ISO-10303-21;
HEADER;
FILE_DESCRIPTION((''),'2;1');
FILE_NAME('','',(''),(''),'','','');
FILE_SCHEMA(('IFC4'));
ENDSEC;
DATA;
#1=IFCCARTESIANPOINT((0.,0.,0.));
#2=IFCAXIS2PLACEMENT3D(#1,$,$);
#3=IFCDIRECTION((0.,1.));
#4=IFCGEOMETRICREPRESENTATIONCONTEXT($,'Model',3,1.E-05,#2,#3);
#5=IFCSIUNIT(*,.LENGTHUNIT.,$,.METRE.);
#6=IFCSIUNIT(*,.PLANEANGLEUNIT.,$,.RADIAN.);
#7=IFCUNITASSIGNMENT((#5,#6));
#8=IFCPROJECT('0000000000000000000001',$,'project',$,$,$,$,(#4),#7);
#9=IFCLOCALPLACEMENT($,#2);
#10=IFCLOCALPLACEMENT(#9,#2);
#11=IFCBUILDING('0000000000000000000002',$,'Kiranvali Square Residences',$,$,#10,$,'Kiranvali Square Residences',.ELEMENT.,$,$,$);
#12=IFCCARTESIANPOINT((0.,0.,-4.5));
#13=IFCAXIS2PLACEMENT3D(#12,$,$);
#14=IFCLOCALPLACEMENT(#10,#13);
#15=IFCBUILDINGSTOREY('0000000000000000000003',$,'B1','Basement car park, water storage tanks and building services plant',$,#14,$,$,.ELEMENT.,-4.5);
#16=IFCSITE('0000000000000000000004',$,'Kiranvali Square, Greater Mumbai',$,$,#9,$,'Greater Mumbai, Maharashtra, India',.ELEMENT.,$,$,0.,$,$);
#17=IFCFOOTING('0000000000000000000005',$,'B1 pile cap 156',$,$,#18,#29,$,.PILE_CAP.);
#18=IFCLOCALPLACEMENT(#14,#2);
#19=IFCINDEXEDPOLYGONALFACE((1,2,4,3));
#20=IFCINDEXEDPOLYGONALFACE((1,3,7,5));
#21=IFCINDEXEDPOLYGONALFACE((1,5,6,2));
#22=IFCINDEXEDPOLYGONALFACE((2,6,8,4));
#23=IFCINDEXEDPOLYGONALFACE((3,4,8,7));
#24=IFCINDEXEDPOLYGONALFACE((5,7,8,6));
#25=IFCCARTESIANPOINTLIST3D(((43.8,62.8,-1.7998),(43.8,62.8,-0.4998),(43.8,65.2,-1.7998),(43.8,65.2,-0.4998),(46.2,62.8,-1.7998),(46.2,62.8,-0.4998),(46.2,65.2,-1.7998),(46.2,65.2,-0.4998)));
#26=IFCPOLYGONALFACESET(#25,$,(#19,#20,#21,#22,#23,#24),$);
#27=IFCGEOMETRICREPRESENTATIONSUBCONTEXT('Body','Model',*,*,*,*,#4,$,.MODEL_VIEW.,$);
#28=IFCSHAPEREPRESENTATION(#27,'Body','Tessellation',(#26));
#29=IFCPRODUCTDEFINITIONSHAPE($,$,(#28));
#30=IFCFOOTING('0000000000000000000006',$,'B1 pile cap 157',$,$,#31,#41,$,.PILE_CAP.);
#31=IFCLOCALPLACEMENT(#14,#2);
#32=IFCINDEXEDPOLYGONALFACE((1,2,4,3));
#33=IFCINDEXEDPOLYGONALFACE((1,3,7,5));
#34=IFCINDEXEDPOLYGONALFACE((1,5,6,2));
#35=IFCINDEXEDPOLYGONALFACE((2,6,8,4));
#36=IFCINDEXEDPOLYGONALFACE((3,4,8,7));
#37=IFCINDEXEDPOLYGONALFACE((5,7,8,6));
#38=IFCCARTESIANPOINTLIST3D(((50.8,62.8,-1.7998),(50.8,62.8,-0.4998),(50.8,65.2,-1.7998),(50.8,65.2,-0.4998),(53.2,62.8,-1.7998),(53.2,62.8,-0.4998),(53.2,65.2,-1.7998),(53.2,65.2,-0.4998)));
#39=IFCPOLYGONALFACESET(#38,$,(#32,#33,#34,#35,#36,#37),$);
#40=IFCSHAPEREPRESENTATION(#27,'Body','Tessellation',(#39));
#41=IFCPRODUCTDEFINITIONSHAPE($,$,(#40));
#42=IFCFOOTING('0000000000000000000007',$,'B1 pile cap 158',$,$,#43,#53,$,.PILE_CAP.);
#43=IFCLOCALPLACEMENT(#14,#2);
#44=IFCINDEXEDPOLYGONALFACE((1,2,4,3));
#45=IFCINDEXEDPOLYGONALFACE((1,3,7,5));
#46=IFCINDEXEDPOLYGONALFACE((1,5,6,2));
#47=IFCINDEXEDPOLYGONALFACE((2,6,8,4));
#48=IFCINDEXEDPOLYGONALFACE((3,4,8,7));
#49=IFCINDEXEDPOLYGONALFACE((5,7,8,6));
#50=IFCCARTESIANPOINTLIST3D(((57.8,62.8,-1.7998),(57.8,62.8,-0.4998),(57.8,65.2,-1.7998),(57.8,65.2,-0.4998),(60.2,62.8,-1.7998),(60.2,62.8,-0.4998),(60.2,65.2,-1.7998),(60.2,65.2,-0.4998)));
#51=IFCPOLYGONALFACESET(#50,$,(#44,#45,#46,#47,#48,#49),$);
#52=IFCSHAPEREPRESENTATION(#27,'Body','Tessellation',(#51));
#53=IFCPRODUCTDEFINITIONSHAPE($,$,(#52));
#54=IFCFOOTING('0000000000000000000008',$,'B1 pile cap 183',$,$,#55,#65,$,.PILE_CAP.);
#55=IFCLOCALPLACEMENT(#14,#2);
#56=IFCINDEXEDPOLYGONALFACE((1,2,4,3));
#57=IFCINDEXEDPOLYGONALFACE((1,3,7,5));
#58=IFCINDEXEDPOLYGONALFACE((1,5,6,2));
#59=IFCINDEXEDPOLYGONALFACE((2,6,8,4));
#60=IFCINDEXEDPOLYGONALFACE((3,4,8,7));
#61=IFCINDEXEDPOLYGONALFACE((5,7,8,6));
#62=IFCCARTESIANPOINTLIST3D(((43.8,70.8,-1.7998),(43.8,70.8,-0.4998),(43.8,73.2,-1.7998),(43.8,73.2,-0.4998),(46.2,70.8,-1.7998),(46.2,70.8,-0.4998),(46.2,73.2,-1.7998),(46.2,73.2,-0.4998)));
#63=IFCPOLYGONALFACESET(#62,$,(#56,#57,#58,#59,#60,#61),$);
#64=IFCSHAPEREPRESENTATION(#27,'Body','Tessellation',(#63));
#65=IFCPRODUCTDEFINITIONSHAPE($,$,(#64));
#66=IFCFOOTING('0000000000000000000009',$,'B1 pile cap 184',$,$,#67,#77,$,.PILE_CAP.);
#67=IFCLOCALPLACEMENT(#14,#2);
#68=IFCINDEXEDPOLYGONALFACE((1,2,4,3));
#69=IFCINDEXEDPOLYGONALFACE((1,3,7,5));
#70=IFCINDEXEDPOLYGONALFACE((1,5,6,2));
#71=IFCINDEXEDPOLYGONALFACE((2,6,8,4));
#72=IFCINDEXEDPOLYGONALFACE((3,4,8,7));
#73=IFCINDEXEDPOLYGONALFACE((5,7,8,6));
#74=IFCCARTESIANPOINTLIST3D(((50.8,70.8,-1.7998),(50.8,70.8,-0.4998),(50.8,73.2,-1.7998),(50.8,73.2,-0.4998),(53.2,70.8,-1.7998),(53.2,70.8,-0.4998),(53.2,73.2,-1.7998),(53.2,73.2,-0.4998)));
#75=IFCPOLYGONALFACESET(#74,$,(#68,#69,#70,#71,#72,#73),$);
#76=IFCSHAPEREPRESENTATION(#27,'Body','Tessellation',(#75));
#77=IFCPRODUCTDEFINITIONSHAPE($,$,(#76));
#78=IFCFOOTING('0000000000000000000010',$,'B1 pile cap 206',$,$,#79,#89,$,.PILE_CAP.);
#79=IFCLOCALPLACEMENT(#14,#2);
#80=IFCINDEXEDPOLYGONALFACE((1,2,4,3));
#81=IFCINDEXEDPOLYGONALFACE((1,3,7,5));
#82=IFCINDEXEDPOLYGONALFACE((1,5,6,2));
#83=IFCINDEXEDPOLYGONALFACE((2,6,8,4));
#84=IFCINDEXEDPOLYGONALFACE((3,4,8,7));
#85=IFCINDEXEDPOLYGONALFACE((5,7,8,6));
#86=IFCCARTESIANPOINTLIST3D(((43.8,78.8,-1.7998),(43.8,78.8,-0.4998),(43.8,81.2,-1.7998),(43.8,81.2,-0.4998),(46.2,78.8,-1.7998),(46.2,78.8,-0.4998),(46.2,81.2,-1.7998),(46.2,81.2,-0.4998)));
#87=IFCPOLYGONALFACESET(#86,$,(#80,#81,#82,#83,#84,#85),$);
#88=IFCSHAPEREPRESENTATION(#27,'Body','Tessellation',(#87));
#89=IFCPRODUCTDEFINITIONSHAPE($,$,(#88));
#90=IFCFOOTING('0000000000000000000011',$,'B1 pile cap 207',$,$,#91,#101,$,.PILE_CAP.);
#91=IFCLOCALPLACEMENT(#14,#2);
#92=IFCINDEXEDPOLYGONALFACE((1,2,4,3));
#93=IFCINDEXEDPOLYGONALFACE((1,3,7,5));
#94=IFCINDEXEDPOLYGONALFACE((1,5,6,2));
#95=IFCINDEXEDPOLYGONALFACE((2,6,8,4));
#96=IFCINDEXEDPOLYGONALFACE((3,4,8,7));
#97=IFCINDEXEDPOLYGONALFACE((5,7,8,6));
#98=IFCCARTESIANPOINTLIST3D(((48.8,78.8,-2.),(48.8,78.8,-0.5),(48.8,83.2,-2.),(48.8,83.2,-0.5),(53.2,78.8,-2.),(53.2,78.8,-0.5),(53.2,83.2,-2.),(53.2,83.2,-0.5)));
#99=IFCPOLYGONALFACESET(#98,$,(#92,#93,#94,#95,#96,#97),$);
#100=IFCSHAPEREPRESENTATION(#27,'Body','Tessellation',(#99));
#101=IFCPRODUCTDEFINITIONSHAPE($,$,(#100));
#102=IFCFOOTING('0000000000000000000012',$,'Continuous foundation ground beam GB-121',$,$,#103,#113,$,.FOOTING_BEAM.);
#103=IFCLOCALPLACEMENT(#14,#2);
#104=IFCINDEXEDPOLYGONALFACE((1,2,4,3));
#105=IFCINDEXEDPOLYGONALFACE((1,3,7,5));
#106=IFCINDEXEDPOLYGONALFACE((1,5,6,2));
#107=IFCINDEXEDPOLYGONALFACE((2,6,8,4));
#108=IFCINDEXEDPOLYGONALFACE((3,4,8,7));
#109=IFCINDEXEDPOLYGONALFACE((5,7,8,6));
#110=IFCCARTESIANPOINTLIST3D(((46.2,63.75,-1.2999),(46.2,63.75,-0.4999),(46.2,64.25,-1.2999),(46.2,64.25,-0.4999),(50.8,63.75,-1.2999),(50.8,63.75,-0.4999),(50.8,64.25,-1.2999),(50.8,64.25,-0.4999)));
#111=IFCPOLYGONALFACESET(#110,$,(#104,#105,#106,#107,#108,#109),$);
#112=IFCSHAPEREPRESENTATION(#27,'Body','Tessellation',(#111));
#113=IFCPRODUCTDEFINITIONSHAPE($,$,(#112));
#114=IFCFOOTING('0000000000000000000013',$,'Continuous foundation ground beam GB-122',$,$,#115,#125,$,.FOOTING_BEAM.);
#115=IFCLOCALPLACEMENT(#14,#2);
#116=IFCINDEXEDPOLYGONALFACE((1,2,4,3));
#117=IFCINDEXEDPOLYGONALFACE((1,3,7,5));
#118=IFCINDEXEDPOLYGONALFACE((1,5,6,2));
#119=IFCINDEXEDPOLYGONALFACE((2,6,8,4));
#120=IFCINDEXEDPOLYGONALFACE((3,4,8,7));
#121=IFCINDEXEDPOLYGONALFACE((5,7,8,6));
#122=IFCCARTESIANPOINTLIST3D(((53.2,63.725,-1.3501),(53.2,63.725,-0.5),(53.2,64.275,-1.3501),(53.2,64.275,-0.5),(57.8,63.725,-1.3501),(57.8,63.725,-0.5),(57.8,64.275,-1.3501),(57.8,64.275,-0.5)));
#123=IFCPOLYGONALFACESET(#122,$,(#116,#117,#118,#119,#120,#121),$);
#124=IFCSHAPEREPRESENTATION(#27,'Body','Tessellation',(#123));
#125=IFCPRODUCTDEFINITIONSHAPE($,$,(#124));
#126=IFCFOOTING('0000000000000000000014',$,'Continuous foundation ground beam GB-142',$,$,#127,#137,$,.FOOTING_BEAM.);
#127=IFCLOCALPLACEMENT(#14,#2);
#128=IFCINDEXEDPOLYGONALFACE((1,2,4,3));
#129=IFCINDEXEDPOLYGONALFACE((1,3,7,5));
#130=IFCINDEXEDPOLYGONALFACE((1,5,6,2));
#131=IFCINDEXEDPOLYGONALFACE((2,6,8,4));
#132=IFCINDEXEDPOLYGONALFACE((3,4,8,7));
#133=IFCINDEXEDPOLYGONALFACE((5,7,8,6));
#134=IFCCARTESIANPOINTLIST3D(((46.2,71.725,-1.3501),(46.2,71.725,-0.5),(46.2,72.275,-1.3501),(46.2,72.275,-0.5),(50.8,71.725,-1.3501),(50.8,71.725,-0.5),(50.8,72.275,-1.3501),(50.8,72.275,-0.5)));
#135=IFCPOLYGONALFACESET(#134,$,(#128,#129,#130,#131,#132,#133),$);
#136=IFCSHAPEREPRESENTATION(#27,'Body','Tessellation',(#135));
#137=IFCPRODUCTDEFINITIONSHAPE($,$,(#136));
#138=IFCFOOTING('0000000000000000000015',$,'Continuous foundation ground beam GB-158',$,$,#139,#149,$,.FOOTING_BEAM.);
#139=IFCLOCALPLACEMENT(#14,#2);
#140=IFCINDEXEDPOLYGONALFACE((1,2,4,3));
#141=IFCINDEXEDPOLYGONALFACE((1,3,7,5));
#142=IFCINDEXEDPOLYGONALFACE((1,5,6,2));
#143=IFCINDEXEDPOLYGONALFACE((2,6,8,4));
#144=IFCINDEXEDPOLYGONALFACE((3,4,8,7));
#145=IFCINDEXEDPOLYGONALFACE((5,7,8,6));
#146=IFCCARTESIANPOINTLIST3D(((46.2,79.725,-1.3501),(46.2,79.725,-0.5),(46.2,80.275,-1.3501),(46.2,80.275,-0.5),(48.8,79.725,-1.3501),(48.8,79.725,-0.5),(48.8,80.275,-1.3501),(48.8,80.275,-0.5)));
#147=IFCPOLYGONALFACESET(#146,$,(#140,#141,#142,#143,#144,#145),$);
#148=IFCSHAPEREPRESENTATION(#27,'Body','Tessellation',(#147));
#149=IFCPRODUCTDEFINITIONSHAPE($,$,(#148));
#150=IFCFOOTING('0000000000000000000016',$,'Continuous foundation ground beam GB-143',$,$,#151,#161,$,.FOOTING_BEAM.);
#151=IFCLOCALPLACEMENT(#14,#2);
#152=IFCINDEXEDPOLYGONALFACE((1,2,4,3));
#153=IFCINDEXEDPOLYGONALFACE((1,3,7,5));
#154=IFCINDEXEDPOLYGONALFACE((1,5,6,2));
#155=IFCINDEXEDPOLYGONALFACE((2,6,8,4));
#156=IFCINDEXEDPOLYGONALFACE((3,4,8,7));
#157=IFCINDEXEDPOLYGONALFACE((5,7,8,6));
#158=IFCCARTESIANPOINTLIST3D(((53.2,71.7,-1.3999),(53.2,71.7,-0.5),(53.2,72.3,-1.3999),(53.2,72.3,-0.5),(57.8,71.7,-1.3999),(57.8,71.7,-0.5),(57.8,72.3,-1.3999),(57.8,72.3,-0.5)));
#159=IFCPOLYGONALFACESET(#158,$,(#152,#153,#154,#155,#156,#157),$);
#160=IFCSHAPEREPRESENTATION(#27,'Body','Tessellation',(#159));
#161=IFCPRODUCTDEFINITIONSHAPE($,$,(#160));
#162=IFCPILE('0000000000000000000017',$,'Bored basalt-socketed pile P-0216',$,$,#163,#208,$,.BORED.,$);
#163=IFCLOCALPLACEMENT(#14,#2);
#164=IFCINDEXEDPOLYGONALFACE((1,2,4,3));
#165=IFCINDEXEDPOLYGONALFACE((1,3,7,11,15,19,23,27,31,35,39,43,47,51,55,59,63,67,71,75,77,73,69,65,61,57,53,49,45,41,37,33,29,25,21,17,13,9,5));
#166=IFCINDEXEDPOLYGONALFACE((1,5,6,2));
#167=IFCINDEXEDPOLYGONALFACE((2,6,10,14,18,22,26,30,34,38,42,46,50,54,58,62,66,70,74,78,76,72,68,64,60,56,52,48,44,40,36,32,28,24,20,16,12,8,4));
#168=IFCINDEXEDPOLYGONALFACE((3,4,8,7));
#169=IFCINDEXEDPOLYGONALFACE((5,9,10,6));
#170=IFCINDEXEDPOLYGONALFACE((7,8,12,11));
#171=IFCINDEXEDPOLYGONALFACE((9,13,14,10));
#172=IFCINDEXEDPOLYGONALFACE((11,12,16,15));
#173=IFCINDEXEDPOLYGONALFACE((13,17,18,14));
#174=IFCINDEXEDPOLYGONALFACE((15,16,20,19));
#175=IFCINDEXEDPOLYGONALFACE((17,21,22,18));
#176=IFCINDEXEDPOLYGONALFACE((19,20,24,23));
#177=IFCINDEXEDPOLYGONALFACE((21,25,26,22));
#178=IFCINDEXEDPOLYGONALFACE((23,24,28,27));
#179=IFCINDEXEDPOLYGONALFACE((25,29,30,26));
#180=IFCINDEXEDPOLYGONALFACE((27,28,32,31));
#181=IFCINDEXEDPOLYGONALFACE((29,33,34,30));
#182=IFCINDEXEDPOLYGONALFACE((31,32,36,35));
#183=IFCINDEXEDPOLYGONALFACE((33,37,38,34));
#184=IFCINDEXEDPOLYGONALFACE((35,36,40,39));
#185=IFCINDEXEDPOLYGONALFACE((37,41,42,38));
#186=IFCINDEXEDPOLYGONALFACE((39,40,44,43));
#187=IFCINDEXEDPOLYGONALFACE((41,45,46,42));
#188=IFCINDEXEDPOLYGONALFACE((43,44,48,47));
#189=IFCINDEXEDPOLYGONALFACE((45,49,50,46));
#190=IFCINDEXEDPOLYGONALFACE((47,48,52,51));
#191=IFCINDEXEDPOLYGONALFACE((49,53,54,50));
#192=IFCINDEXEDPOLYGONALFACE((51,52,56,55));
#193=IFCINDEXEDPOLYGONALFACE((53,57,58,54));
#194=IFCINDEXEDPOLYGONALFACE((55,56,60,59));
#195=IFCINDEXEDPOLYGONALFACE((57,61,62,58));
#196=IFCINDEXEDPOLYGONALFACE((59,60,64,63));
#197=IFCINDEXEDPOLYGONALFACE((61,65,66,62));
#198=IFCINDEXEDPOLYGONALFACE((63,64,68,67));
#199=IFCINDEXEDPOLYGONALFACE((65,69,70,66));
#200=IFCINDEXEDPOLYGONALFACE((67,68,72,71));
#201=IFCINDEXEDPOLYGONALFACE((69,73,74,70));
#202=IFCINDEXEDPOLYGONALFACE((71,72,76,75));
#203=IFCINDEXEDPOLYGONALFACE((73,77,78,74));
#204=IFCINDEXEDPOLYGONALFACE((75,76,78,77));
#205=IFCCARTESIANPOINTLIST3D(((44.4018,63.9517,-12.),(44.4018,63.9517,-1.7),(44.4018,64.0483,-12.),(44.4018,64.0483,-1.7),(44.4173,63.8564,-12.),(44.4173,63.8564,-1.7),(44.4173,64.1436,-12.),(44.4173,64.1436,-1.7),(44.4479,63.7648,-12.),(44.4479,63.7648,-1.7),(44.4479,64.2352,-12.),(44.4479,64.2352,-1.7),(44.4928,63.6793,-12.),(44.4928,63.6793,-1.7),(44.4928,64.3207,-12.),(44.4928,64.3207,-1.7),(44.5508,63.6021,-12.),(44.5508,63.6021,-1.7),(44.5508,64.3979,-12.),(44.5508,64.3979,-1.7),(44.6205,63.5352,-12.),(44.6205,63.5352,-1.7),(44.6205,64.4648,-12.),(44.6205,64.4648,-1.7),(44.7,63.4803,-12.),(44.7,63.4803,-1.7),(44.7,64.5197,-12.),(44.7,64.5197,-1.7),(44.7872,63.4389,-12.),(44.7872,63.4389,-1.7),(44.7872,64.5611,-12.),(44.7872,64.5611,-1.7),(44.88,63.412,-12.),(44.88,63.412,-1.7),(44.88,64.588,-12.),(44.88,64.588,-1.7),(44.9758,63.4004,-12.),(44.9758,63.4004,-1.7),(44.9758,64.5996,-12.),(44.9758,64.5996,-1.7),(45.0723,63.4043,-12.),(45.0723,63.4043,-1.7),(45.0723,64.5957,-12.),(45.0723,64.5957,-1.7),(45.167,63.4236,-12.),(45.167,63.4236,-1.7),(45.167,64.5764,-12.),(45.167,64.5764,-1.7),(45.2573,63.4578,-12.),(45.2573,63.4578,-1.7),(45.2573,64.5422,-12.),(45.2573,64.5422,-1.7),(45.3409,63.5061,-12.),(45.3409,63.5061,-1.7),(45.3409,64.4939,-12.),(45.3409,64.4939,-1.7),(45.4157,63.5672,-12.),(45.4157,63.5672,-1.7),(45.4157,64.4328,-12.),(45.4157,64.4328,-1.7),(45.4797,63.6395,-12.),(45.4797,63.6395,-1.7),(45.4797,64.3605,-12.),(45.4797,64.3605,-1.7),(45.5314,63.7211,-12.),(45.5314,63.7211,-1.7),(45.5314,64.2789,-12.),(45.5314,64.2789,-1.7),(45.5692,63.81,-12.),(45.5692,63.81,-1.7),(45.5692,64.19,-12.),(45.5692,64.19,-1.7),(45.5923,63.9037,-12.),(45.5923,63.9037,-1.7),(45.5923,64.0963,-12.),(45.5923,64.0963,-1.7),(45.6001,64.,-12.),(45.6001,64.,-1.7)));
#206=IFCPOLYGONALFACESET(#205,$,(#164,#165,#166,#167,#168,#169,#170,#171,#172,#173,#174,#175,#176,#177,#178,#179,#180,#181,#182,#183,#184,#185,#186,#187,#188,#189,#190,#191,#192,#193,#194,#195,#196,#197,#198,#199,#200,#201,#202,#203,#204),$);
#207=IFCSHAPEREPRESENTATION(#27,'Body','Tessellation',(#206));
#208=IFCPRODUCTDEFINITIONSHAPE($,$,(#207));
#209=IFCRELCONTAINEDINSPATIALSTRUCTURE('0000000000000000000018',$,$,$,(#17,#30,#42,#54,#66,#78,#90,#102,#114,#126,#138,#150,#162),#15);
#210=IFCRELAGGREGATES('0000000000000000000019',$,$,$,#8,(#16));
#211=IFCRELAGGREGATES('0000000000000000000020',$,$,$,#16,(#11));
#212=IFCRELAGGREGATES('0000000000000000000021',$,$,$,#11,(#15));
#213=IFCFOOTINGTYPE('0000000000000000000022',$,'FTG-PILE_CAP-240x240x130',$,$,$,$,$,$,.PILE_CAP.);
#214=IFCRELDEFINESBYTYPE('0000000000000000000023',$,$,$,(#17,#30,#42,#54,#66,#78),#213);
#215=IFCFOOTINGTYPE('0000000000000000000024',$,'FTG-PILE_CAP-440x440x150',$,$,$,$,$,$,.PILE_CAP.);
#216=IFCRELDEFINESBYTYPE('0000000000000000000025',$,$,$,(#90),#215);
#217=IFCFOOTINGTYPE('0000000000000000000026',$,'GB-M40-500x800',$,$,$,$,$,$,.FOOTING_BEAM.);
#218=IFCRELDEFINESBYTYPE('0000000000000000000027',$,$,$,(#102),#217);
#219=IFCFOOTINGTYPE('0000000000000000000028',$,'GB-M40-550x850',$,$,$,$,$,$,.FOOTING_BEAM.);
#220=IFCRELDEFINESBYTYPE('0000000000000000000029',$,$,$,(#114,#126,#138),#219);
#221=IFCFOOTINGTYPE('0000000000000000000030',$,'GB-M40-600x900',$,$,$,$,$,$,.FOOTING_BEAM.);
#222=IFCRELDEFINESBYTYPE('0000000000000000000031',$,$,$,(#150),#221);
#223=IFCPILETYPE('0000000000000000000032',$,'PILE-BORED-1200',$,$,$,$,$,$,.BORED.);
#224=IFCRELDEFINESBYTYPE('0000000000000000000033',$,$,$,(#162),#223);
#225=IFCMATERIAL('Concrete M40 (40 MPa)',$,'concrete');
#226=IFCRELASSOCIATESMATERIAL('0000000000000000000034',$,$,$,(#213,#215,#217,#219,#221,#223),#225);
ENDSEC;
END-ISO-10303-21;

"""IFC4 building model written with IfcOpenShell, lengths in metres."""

from ifc_helpers import new_model, si_unit, direction, frame, origin, origin_2d, place, context, subcontext, project, spatial, rectangle, circle, extrude, material, material_profile, profile_set, type_object, element, save


model = new_model("IFC4")

# Units and contexts
model_context = context("Model", 3, precision=1e-05, world=origin(), true_north=direction((0.0, 1.0)))
body_context = subcontext(model_context, "Body", "Model", "MODEL_VIEW")
ifc_project = project(units=[si_unit("LENGTHUNIT", "METRE"), si_unit("PLANEANGLEUNIT", "RADIAN")], contexts=[model_context])

# Site, building, storey
site_placement = place(None, origin())
site = spatial("IfcSite", under=ifc_project, at=site_placement, Name="Kiranvali Square, Greater Mumbai", LongName="Greater Mumbai, Maharashtra, India", CompositionType="ELEMENT", RefElevation=0.0)
building_placement = place(site_placement, origin())
building = spatial("IfcBuilding", under=site, at=building_placement, Name="Kiranvali Square Residences", LongName="Kiranvali Square Residences", CompositionType="ELEMENT")
storey_placement = place(building_placement, frame((0.0, 0.0, -4.5)))
storey = spatial("IfcBuildingStorey", under=building, at=storey_placement, Name="B1", Description="Basement car park, water storage tanks and building services plant", CompositionType="ELEMENT", Elevation=-4.5)

# Footings
ifc_material = material(Name="Concrete M40 (40 MPa)", Category="concrete")
footing_type_1 = type_object("IfcFootingType", Name="FTG-PILE_CAP-240x240x130", PredefinedType="PILE_CAP", material=ifc_material)
for number, where, z_axis, x_axis, name in (
    (1, (45.0, 64.0, -1.7998), (0.0, 0.0, 1.0), (1.0, 0.0, 0.0), "B1 pile cap 156"),
    (2, (52.0, 64.0, -1.7998), (0.0, 0.0, 1.0), (1.0, 0.0, 0.0), "B1 pile cap 157"),
    (3, (59.0, 64.0, -1.7998), (0.0, 0.0, 1.0), (1.0, 0.0, 0.0), "B1 pile cap 158"),
    (4, (45.0, 72.0, -1.7998), (0.0, 0.0, 1.0), (1.0, 0.0, 0.0), "B1 pile cap 183"),
    (5, (52.0, 72.0, -1.7998), (0.0, 0.0, 1.0), (1.0, 0.0, 0.0), "B1 pile cap 184"),
    (6, (45.0, 80.0, -1.7998), (0.0, 0.0, 1.0), (1.0, 0.0, 0.0), "B1 pile cap 206"),
):
    element("IfcFooting", number, at=place(storey_placement, frame(where, z_axis=z_axis, x_axis=x_axis)), inside=storey, type_object=footing_type_1, Name=name, PredefinedType="PILE_CAP", context=body_context, shape_type="SweptSolid", body=[
        extrude(rectangle(XDim=2.3999, YDim=2.3999, at=origin_2d()), origin(), (0.0, 0.0, 1.0), 1.3),
    ])
footing_type_2 = type_object("IfcFootingType", Name="FTG-PILE_CAP-440x440x150", PredefinedType="PILE_CAP", material=ifc_material)
footing_1_placement = place(storey_placement, frame((51.0, 81.0, -2.0), z_axis=(0.0, 0.0, 1.0), x_axis=(1.0, 0.0, 0.0)))
element("IfcFooting", 7, at=footing_1_placement, inside=storey, type_object=footing_type_2, Name="B1 pile cap 207", PredefinedType="PILE_CAP", context=body_context, shape_type="SweptSolid", body=[
    extrude(rectangle(XDim=4.3999, YDim=4.3999, at=origin_2d()), origin(), (0.0, 0.0, 1.0), 1.5),
])
ifc_material_profile_1 = material_profile(ifc_material, rectangle(XDim=0.5, YDim=0.8, at=origin_2d()), Name="GB 500x800")
ifc_profile_set_1 = profile_set([ifc_material_profile_1], Name="Concrete M40 (40 MPa)")
footing_type_3 = type_object("IfcFootingType", Name="GB-M40-500x800", PredefinedType="FOOTING_BEAM", material=ifc_profile_set_1)
footing_2_placement = place(storey_placement, frame((46.2, 64.0, -0.8999), z_axis=(1.0, 0.0, 0.0), x_axis=(0.0, 1.0, 0.0)))
element("IfcFooting", 8, at=footing_2_placement, inside=storey, type_object=footing_type_3, Name="Continuous foundation ground beam GB-121", PredefinedType="FOOTING_BEAM", context=body_context, shape_type="SweptSolid", body=[
    extrude(rectangle(XDim=0.5, YDim=0.8, at=origin_2d()), origin(), (0.0, 0.0, 1.0), 4.6001),
])
ifc_material_profile_2 = material_profile(ifc_material, rectangle(XDim=0.55, YDim=0.8501, at=origin_2d()), Name="GB 550x850")
ifc_profile_set_2 = profile_set([ifc_material_profile_2], Name="Concrete M40 (40 MPa)")
footing_type_4 = type_object("IfcFootingType", Name="GB-M40-550x850", PredefinedType="FOOTING_BEAM", material=ifc_profile_set_2)
for number, where, z_axis, x_axis, name in (
    (9, (53.2, 64.0, -0.925), (1.0, 0.0, 0.0), (0.0, 1.0, 0.0), "Continuous foundation ground beam GB-122"),
    (10, (46.2, 72.0, -0.925), (1.0, 0.0, 0.0), (0.0, 1.0, 0.0), "Continuous foundation ground beam GB-142"),
):
    element("IfcFooting", number, at=place(storey_placement, frame(where, z_axis=z_axis, x_axis=x_axis)), inside=storey, type_object=footing_type_4, Name=name, PredefinedType="FOOTING_BEAM", context=body_context, shape_type="SweptSolid", body=[
        extrude(rectangle(XDim=0.55, YDim=0.8501, at=origin_2d()), origin(), (0.0, 0.0, 1.0), 4.6001),
    ])
footing_3_placement = place(storey_placement, frame((46.2, 80.0, -0.925), z_axis=(1.0, 0.0, 0.0), x_axis=(0.0, 1.0, 0.0)))
element("IfcFooting", 11, at=footing_3_placement, inside=storey, type_object=footing_type_4, Name="Continuous foundation ground beam GB-158", PredefinedType="FOOTING_BEAM", context=body_context, shape_type="SweptSolid", body=[
    extrude(rectangle(XDim=0.55, YDim=0.8501, at=origin_2d()), origin(), (0.0, 0.0, 1.0), 2.6001),
])
ifc_material_profile_3 = material_profile(ifc_material, rectangle(XDim=0.6001, YDim=0.8999, at=origin_2d()), Name="GB 600x900")
ifc_profile_set_3 = profile_set([ifc_material_profile_3], Name="Concrete M40 (40 MPa)")
footing_type_5 = type_object("IfcFootingType", Name="GB-M40-600x900", PredefinedType="FOOTING_BEAM", material=ifc_profile_set_3)
footing_4_placement = place(storey_placement, frame((53.2, 72.0, -0.95), z_axis=(1.0, 0.0, 0.0), x_axis=(0.0, 1.0, 0.0)))
element("IfcFooting", 12, at=footing_4_placement, inside=storey, type_object=footing_type_5, Name="Continuous foundation ground beam GB-143", PredefinedType="FOOTING_BEAM", context=body_context, shape_type="SweptSolid", body=[
    extrude(rectangle(XDim=0.6001, YDim=0.8999, at=origin_2d()), origin(), (0.0, 0.0, 1.0), 4.6001),
])

# Pile
ifc_material_profile_4 = material_profile(ifc_material, circle(Radius=0.6001, at=origin_2d()), Name="BORED PILE 1200")
ifc_profile_set_4 = profile_set([ifc_material_profile_4], Name="Concrete M40 (40 MPa)")
pile_type = type_object("IfcPileType", Name="PILE-BORED-1200", PredefinedType="BORED", material=ifc_profile_set_4)
for number, where, z_axis, x_axis, name in (
    (13, (45.0, 64.0, -1.7), (0.0, 0.0, -1.0), (1.0, 0.0, 0.0), "Bored basalt-socketed pile P-0216"),
):
    element("IfcPile", number, at=place(storey_placement, frame(where, z_axis=z_axis, x_axis=x_axis)), inside=storey, type_object=pile_type, Name=name, PredefinedType="BORED", context=body_context, shape_type="SweptSolid", body=[
        extrude(circle(Radius=0.6001, at=origin_2d()), origin(), (0.0, 0.0, 1.0), 10.3),
    ])

save(model, "model.ifc")
